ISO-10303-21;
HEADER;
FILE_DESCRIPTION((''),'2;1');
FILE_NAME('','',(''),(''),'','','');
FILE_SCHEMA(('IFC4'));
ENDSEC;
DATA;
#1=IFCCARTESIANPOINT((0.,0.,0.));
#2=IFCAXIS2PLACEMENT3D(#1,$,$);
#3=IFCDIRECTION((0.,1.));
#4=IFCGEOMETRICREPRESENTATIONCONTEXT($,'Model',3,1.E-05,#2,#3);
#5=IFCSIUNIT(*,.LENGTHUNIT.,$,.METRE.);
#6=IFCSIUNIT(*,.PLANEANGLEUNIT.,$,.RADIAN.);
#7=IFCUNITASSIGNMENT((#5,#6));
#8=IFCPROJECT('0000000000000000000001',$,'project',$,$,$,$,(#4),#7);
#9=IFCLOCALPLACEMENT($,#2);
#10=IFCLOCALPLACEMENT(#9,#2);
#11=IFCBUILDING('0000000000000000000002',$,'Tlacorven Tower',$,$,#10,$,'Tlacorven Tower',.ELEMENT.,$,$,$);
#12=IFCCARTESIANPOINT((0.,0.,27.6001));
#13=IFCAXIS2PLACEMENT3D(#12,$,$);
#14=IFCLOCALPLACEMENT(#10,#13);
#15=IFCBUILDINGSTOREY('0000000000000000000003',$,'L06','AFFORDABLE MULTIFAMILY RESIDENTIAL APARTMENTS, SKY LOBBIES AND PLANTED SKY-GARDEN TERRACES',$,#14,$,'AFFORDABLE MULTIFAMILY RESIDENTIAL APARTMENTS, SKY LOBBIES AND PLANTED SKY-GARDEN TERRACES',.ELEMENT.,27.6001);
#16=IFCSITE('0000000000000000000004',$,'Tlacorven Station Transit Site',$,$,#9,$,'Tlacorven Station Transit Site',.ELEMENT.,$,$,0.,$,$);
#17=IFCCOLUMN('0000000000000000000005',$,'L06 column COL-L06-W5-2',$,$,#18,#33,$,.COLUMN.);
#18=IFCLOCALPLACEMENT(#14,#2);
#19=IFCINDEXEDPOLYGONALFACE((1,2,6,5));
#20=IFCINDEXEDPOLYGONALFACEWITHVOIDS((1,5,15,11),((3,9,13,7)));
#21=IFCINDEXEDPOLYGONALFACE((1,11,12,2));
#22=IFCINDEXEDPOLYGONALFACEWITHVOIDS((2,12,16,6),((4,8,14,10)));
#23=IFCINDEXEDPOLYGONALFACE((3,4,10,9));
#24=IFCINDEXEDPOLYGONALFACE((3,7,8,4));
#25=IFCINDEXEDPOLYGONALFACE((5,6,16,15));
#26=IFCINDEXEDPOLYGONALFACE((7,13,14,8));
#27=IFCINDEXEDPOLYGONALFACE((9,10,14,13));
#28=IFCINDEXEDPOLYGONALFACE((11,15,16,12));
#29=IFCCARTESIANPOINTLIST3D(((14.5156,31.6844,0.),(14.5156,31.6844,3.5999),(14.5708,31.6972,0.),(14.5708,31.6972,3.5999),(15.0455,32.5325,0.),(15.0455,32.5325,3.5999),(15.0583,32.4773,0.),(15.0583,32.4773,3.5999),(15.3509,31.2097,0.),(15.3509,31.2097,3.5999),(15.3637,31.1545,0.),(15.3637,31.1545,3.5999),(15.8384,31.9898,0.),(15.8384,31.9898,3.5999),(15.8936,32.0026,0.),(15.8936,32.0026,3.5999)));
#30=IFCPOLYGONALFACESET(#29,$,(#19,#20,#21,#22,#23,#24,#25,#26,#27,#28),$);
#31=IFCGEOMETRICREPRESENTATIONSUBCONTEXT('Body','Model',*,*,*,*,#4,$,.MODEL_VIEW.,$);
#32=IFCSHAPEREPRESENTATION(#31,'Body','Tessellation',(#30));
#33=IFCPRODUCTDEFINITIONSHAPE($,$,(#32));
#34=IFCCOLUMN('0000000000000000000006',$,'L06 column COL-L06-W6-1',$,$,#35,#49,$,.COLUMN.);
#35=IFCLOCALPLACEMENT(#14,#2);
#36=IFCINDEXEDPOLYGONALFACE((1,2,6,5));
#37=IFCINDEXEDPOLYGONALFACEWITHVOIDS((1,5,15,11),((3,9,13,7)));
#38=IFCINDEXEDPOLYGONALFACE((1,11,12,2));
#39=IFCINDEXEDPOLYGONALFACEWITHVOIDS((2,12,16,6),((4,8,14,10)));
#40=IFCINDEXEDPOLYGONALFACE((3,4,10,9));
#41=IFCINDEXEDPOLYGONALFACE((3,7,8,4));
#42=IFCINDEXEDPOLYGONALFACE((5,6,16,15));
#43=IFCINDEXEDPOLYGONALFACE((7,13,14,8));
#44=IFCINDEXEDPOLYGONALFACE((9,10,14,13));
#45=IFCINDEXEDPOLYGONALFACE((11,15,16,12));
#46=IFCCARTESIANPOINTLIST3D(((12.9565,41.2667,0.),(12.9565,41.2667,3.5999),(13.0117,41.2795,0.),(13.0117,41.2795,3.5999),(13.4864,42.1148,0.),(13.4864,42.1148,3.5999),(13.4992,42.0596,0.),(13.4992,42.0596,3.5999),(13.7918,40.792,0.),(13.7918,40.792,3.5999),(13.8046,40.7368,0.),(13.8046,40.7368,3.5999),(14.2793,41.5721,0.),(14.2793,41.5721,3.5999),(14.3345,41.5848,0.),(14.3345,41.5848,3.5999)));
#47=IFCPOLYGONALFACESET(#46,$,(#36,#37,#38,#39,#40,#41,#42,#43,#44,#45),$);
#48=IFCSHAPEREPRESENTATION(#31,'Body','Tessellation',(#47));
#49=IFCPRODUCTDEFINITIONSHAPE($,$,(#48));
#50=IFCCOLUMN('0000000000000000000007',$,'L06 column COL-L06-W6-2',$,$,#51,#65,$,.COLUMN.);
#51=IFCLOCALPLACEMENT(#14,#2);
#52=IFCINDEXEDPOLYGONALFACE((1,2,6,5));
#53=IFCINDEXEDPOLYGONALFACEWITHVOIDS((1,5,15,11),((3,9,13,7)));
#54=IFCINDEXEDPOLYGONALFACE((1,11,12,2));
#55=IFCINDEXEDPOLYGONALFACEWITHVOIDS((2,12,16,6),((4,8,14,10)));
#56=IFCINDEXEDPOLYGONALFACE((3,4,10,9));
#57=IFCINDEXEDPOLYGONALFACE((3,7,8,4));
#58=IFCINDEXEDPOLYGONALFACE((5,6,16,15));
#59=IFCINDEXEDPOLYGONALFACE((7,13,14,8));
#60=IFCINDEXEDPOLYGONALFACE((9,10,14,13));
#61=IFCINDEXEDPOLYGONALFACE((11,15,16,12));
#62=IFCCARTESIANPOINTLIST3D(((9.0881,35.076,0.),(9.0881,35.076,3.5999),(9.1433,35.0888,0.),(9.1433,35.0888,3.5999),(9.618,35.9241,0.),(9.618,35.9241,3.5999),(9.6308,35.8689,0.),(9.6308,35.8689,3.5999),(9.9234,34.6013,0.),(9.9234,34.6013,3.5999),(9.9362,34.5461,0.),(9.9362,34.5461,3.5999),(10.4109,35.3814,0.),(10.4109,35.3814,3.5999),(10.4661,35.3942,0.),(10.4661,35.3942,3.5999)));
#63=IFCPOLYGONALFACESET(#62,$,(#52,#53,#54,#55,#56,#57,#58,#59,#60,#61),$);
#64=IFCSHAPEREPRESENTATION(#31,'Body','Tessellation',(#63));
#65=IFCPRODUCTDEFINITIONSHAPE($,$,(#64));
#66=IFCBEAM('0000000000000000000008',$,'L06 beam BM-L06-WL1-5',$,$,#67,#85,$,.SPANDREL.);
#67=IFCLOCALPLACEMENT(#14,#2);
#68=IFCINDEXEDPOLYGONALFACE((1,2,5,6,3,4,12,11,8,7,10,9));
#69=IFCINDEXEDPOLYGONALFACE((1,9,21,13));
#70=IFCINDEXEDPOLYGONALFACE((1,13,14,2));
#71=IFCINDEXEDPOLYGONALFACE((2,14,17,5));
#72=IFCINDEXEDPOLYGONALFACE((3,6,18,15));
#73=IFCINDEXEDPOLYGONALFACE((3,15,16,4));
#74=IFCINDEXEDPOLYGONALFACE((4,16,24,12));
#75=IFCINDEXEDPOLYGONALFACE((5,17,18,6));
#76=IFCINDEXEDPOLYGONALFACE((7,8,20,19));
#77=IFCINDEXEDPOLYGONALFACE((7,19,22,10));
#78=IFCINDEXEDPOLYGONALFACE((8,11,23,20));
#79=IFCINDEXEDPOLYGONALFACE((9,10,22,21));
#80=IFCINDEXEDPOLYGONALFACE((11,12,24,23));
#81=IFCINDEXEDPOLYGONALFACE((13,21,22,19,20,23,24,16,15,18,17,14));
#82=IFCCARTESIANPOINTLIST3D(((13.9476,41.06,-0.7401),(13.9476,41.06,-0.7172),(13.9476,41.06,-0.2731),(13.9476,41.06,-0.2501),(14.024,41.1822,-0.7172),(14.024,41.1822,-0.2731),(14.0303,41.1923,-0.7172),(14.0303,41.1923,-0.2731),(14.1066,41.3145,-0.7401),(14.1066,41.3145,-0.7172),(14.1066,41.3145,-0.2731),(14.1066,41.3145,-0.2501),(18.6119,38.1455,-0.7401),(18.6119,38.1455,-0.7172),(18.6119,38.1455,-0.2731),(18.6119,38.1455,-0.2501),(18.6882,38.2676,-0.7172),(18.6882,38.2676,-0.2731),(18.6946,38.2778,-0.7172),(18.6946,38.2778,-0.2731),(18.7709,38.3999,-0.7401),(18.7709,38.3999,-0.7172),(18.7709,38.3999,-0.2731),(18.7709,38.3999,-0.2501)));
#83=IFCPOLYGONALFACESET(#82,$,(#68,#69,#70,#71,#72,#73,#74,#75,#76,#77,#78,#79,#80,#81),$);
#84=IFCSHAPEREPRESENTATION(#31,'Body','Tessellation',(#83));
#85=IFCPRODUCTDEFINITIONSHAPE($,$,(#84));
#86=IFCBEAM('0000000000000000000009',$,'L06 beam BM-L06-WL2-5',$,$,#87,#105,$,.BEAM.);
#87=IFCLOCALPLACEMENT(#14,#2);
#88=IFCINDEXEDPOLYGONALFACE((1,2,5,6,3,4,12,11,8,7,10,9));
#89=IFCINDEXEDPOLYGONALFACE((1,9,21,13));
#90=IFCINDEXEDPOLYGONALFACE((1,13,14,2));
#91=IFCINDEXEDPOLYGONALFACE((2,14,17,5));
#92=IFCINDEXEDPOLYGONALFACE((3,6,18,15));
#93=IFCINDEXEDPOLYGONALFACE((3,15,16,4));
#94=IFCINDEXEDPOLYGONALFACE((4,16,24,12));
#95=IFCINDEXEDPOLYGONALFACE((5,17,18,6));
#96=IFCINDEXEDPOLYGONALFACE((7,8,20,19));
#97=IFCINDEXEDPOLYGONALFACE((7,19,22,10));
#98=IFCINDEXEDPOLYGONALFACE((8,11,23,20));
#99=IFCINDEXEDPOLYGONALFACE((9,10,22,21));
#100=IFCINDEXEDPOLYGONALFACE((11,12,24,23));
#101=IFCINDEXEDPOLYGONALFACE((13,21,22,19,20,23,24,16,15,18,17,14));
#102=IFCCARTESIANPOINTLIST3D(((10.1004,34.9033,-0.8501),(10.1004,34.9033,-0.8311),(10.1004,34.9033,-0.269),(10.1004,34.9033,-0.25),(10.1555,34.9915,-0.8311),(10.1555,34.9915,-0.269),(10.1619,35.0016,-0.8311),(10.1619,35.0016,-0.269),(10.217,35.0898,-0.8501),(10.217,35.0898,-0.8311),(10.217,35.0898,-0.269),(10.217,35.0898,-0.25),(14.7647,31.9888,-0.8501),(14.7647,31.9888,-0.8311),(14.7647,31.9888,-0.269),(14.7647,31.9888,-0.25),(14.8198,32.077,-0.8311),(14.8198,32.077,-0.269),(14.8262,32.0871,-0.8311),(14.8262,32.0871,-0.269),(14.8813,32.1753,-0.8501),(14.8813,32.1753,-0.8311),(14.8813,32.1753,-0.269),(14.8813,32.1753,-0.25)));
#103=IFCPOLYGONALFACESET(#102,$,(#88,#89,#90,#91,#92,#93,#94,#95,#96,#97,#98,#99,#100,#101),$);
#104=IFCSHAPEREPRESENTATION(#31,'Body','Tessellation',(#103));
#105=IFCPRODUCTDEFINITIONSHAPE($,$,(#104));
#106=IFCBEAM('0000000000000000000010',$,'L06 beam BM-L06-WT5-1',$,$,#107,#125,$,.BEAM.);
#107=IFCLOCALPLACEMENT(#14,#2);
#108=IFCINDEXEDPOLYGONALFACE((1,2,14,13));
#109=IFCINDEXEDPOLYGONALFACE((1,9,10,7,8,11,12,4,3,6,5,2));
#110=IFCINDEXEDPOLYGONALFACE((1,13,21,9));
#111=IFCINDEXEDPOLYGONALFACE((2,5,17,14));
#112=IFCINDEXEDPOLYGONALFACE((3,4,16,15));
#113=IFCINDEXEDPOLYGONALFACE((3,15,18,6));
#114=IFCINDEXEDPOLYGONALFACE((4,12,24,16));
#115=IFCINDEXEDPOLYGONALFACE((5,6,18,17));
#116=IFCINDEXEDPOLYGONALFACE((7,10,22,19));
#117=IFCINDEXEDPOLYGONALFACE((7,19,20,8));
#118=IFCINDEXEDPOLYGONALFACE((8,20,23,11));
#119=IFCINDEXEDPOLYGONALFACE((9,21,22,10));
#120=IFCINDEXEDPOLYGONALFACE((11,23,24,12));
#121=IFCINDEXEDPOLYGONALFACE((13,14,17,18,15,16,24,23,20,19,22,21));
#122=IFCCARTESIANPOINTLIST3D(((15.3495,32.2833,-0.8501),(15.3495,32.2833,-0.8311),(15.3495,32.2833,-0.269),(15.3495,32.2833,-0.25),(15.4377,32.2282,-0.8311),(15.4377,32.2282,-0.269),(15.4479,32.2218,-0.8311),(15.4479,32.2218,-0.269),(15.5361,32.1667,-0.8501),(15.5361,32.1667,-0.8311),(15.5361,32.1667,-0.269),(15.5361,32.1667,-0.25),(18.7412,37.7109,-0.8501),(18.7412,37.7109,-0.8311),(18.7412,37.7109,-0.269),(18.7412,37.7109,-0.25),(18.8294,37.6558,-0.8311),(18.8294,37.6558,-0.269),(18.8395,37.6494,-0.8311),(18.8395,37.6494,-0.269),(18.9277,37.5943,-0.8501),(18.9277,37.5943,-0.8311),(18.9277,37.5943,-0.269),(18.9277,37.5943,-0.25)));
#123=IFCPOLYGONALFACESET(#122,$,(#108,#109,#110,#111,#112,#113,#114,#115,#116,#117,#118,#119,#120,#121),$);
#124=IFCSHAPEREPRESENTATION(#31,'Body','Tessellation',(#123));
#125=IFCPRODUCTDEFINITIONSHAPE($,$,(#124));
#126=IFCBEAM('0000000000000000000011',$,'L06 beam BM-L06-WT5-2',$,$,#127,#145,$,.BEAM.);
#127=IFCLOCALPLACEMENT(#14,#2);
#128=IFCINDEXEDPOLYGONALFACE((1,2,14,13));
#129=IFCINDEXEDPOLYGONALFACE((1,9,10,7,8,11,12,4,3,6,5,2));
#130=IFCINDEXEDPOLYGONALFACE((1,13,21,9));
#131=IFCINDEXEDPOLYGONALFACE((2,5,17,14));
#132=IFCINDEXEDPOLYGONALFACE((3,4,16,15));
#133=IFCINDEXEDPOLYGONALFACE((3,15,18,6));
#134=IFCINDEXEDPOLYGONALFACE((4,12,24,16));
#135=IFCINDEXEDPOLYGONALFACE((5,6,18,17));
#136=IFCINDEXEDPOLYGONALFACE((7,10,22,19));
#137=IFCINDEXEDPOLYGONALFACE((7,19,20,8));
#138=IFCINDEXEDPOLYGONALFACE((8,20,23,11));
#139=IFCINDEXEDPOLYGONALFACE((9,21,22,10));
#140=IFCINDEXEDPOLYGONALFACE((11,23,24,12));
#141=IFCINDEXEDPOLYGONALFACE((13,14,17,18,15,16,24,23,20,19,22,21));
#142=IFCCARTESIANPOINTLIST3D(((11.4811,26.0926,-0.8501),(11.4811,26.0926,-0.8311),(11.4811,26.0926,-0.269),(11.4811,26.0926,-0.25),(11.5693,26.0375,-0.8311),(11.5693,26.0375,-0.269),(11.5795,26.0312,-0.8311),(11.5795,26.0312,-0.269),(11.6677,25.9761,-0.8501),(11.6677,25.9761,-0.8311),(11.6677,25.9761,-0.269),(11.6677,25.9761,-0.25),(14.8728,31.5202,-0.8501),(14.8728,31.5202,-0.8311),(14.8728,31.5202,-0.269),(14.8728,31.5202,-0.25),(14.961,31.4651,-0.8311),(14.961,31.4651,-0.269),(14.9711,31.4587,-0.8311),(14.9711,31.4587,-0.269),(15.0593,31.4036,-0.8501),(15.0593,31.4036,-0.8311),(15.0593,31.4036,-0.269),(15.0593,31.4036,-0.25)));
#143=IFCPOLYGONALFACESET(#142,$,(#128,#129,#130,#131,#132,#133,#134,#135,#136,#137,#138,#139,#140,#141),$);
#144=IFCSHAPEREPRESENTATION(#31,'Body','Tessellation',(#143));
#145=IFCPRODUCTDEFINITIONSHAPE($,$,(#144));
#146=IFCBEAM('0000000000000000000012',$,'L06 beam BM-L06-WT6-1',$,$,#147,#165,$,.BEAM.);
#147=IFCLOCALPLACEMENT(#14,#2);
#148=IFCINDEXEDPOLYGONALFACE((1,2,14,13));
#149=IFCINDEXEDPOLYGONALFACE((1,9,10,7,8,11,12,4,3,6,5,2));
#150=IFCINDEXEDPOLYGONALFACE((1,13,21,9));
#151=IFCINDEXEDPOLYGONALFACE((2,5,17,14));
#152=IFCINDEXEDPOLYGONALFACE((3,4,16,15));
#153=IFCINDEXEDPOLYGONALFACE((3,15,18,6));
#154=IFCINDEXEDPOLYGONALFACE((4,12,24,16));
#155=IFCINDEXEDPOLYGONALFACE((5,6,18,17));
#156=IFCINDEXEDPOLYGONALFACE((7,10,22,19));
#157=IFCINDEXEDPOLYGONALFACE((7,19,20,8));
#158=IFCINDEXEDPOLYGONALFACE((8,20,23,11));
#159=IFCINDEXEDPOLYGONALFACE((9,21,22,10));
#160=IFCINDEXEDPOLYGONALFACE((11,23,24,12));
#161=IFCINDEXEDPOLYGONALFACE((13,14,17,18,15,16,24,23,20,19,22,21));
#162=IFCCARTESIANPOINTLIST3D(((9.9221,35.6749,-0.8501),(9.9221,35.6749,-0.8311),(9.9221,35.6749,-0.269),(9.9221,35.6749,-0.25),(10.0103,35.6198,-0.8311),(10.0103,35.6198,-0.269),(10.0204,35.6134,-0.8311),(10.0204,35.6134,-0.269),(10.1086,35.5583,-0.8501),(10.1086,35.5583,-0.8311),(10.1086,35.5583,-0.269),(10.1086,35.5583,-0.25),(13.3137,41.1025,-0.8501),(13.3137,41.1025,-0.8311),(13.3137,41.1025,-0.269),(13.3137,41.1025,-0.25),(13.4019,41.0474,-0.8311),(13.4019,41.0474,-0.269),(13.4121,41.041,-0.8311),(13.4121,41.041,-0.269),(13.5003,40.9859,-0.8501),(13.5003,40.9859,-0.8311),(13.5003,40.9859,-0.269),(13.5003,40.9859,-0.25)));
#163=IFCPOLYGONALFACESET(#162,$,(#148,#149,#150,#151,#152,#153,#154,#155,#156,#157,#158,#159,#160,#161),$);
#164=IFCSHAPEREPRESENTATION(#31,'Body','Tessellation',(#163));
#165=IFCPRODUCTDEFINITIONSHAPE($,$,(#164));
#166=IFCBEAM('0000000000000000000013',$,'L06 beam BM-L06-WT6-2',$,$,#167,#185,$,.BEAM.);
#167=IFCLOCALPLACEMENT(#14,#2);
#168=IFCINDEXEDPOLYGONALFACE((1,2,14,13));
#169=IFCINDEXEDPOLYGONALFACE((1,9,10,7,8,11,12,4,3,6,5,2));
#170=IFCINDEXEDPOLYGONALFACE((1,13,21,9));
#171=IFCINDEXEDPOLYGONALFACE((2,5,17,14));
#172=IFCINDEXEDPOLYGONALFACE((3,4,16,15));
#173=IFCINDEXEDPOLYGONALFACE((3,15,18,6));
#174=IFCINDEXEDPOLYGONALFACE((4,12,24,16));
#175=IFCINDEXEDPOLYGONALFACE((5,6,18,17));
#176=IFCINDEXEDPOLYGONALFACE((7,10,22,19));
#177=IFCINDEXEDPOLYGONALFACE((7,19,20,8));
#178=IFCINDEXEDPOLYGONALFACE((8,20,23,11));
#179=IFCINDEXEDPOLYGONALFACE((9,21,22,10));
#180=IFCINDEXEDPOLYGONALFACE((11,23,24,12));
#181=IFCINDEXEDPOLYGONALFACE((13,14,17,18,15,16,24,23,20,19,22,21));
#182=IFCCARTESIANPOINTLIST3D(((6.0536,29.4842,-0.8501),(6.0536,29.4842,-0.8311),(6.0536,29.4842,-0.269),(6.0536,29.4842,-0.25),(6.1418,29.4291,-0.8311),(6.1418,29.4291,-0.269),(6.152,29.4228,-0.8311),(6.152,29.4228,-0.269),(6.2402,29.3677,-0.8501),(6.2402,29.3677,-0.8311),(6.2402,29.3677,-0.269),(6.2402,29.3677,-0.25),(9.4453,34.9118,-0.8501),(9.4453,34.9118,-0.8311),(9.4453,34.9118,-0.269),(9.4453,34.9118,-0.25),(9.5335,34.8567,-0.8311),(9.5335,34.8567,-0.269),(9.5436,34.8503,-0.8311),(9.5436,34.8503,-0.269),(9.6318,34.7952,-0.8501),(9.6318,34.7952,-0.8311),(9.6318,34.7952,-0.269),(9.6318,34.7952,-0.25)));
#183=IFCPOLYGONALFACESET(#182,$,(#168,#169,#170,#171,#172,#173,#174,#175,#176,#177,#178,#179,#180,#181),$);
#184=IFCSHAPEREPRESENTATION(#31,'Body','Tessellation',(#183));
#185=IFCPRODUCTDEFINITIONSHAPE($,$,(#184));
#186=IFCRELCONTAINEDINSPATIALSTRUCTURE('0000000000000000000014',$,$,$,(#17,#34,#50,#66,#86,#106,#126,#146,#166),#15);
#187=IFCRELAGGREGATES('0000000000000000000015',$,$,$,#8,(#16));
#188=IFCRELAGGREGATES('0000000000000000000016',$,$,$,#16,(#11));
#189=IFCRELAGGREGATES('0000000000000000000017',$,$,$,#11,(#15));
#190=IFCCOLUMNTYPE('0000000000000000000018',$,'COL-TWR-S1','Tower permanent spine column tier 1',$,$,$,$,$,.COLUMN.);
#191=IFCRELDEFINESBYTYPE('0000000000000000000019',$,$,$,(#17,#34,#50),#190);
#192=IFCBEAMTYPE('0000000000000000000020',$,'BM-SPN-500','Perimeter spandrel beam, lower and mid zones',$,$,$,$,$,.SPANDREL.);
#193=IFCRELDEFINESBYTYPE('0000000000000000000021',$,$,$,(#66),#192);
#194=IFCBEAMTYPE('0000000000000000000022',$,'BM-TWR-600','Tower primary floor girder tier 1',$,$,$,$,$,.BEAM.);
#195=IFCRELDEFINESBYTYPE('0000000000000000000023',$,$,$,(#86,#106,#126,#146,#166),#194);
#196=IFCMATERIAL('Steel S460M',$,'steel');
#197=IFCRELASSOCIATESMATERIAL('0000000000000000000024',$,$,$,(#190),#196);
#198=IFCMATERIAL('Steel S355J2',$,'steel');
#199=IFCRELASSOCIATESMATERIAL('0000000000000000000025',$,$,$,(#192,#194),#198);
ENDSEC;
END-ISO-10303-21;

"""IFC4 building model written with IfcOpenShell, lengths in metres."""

from ifc_helpers import new_model, si_unit, direction, frame, origin, origin_2d, place, context, subcontext, project, spatial, hollow_rectangle, i_section, extrude, source, transform, mapped, material, material_profile, profile_set, type_object, element, save


model = new_model("IFC4")

# Units and contexts
model_context = context("Model", 3, precision=1e-05, world=origin(), true_north=direction((0.0, 1.0)))
body_context = subcontext(model_context, "Body", "Model", "MODEL_VIEW")
ifc_project = project(units=[si_unit("LENGTHUNIT", "METRE"), si_unit("PLANEANGLEUNIT", "RADIAN")], contexts=[model_context])

# Site, building, storey
site_placement = place(None, origin())
site = spatial("IfcSite", under=ifc_project, at=site_placement, Name="Tlacorven Station Transit Site", LongName="Tlacorven Station Transit Site", CompositionType="ELEMENT", RefElevation=0.0)
building_placement = place(site_placement, origin())
building = spatial("IfcBuilding", under=site, at=building_placement, Name="Tlacorven Tower", LongName="Tlacorven Tower", CompositionType="ELEMENT")
storey_placement = place(building_placement, frame((0.0, 0.0, 27.6001)))
storey = spatial("IfcBuildingStorey", under=building, at=storey_placement, Name="L06", Description="AFFORDABLE MULTIFAMILY RESIDENTIAL APARTMENTS, SKY LOBBIES AND PLANTED SKY-GARDEN TERRACES", LongName="AFFORDABLE MULTIFAMILY RESIDENTIAL APARTMENTS, SKY LOBBIES AND PLANTED SKY-GARDEN TERRACES", CompositionType="ELEMENT", Elevation=27.6001)

# Columns
ifc_material_1 = material(Name="Steel S460M", Category="steel")
ifc_material_profile_1 = material_profile(ifc_material_1, hollow_rectangle(XDim=1.0, YDim=1.0, WallThickness=0.04, at=origin_2d()), Name="BOX 1000X1000X40")
ifc_profile_set_1 = profile_set([ifc_material_profile_1], Name="Steel S460M")
column_type = type_object("IfcColumnType", Name="COL-TWR-S1", Description="Tower permanent spine column tier 1", PredefinedType="COLUMN", material=ifc_profile_set_1)
shared_shape_1 = source(origin(), body_context, "Body", "SweptSolid", [
    extrude(hollow_rectangle(XDim=1.0, YDim=1.0, WallThickness=0.04, at=origin_2d()), origin(), (0.0, 0.0, 1.0), 3.5999),
])
for number, where, z_axis, x_axis, name in (
    (1, (15.2046, 31.8435, 0.0), (0.0, 0.0, 1.0), (-0.848048, 0.529919, 0.0), "L06 column COL-L06-W5-2"),
    (2, (13.6455, 41.4258, 0.0), (0.0, 0.0, 1.0), (-0.848048, 0.529919, 0.0), "L06 column COL-L06-W6-1"),
    (3, (9.7771, 35.2351, 0.0), (0.0, 0.0, 1.0), (-0.848048, 0.529919, 0.0), "L06 column COL-L06-W6-2"),
):
    element("IfcColumn", number, at=place(storey_placement, frame(where, z_axis=z_axis, x_axis=x_axis)), inside=storey, type_object=column_type, Name=name, PredefinedType="COLUMN", context=body_context, shape_type="MappedRepresentation", body=[
        mapped(shared_shape_1, transform((0.0, 0.0, 0.0), scale=1.0)),
    ])

# Beams
ifc_material_2 = material(Name="Steel S355J2", Category="steel")
ifc_material_profile_2 = material_profile(ifc_material_2, i_section(OverallWidth=0.3, OverallDepth=0.49, WebThickness=0.012, FlangeThickness=0.0229, at=origin_2d()), Name="HEA 500")
ifc_profile_set_2 = profile_set([ifc_material_profile_2], Name="Steel S355J2")
beam_type_1 = type_object("IfcBeamType", Name="BM-SPN-500", Description="Perimeter spandrel beam, lower and mid zones", PredefinedType="SPANDREL", material=ifc_profile_set_2)
shared_shape_2 = source(origin(), body_context, "Body", "SweptSolid", [
    extrude(i_section(OverallWidth=0.3, OverallDepth=0.49, WebThickness=0.012, FlangeThickness=0.0229, at=origin_2d()), origin(), (0.0, 0.0, 1.0), 5.5),
])
beam_1_placement = place(storey_placement, frame((18.6914, 38.2727, -0.4951), z_axis=(-0.848051, 0.529915, 0.0), x_axis=(-0.529915, -0.848051, 0.0)))
element("IfcBeam", 4, at=beam_1_placement, inside=storey, type_object=beam_type_1, Name="L06 beam BM-L06-WL1-5", PredefinedType="SPANDREL", context=body_context, shape_type="MappedRepresentation", body=[
    mapped(shared_shape_2, transform((0.0, 0.0, 0.0), scale=1.0)),
])
ifc_material_profile_3 = material_profile(ifc_material_2, i_section(OverallWidth=0.22, OverallDepth=0.6001, WebThickness=0.012, FlangeThickness=0.019, at=origin_2d()), Name="IPE 600")
ifc_profile_set_3 = profile_set([ifc_material_profile_3], Name="Steel S355J2")
beam_type_2 = type_object("IfcBeamType", Name="BM-TWR-600", Description="Tower primary floor girder tier 1", PredefinedType="BEAM", material=ifc_profile_set_3)
shared_shape_3 = source(origin(), body_context, "Body", "SweptSolid", [
    extrude(i_section(OverallWidth=0.22, OverallDepth=0.6001, WebThickness=0.012, FlangeThickness=0.019, at=origin_2d()), origin(), (0.0, 0.0, 1.0), 5.5),
])
beam_2_placement = place(storey_placement, frame((14.823, 32.082, -0.55), z_axis=(-0.848051, 0.529915, 0.0), x_axis=(-0.529915, -0.848051, 0.0)))
element("IfcBeam", 5, at=beam_2_placement, inside=storey, type_object=beam_type_2, Name="L06 beam BM-L06-WL2-5", PredefinedType="BEAM", context=body_context, shape_type="MappedRepresentation", body=[
    mapped(shared_shape_3, transform((0.0, 0.0, 0.0), scale=1.0)),
])
shared_shape_4 = source(origin(), body_context, "Body", "SweptSolid", [
    extrude(i_section(OverallWidth=0.22, OverallDepth=0.6001, WebThickness=0.012, FlangeThickness=0.019, at=origin_2d()), origin(), (0.0, 0.0, 1.0), 6.4001),
])
for number, where, z_axis, x_axis, name in (
    (6, (18.8345, 37.6526, -0.55), (-0.529934, -0.848039, 0.0), (0.848039, -0.529934, 0.0), "L06 beam BM-L06-WT5-1"),
    (7, (14.9661, 31.4619, -0.55), (-0.529934, -0.848039, 0.0), (0.848039, -0.529934, 0.0), "L06 beam BM-L06-WT5-2"),
    (8, (13.407, 41.0442, -0.55), (-0.529934, -0.848039, 0.0), (0.848039, -0.529934, 0.0), "L06 beam BM-L06-WT6-1"),
    (9, (9.5386, 34.8535, -0.55), (-0.529934, -0.848039, 0.0), (0.848039, -0.529934, 0.0), "L06 beam BM-L06-WT6-2"),
):
    element("IfcBeam", number, at=place(storey_placement, frame(where, z_axis=z_axis, x_axis=x_axis)), inside=storey, type_object=beam_type_2, Name=name, PredefinedType="BEAM", context=body_context, shape_type="MappedRepresentation", body=[
        mapped(shared_shape_4, transform((0.0, 0.0, 0.0), scale=1.0)),
    ])

save(model, "model.ifc")
